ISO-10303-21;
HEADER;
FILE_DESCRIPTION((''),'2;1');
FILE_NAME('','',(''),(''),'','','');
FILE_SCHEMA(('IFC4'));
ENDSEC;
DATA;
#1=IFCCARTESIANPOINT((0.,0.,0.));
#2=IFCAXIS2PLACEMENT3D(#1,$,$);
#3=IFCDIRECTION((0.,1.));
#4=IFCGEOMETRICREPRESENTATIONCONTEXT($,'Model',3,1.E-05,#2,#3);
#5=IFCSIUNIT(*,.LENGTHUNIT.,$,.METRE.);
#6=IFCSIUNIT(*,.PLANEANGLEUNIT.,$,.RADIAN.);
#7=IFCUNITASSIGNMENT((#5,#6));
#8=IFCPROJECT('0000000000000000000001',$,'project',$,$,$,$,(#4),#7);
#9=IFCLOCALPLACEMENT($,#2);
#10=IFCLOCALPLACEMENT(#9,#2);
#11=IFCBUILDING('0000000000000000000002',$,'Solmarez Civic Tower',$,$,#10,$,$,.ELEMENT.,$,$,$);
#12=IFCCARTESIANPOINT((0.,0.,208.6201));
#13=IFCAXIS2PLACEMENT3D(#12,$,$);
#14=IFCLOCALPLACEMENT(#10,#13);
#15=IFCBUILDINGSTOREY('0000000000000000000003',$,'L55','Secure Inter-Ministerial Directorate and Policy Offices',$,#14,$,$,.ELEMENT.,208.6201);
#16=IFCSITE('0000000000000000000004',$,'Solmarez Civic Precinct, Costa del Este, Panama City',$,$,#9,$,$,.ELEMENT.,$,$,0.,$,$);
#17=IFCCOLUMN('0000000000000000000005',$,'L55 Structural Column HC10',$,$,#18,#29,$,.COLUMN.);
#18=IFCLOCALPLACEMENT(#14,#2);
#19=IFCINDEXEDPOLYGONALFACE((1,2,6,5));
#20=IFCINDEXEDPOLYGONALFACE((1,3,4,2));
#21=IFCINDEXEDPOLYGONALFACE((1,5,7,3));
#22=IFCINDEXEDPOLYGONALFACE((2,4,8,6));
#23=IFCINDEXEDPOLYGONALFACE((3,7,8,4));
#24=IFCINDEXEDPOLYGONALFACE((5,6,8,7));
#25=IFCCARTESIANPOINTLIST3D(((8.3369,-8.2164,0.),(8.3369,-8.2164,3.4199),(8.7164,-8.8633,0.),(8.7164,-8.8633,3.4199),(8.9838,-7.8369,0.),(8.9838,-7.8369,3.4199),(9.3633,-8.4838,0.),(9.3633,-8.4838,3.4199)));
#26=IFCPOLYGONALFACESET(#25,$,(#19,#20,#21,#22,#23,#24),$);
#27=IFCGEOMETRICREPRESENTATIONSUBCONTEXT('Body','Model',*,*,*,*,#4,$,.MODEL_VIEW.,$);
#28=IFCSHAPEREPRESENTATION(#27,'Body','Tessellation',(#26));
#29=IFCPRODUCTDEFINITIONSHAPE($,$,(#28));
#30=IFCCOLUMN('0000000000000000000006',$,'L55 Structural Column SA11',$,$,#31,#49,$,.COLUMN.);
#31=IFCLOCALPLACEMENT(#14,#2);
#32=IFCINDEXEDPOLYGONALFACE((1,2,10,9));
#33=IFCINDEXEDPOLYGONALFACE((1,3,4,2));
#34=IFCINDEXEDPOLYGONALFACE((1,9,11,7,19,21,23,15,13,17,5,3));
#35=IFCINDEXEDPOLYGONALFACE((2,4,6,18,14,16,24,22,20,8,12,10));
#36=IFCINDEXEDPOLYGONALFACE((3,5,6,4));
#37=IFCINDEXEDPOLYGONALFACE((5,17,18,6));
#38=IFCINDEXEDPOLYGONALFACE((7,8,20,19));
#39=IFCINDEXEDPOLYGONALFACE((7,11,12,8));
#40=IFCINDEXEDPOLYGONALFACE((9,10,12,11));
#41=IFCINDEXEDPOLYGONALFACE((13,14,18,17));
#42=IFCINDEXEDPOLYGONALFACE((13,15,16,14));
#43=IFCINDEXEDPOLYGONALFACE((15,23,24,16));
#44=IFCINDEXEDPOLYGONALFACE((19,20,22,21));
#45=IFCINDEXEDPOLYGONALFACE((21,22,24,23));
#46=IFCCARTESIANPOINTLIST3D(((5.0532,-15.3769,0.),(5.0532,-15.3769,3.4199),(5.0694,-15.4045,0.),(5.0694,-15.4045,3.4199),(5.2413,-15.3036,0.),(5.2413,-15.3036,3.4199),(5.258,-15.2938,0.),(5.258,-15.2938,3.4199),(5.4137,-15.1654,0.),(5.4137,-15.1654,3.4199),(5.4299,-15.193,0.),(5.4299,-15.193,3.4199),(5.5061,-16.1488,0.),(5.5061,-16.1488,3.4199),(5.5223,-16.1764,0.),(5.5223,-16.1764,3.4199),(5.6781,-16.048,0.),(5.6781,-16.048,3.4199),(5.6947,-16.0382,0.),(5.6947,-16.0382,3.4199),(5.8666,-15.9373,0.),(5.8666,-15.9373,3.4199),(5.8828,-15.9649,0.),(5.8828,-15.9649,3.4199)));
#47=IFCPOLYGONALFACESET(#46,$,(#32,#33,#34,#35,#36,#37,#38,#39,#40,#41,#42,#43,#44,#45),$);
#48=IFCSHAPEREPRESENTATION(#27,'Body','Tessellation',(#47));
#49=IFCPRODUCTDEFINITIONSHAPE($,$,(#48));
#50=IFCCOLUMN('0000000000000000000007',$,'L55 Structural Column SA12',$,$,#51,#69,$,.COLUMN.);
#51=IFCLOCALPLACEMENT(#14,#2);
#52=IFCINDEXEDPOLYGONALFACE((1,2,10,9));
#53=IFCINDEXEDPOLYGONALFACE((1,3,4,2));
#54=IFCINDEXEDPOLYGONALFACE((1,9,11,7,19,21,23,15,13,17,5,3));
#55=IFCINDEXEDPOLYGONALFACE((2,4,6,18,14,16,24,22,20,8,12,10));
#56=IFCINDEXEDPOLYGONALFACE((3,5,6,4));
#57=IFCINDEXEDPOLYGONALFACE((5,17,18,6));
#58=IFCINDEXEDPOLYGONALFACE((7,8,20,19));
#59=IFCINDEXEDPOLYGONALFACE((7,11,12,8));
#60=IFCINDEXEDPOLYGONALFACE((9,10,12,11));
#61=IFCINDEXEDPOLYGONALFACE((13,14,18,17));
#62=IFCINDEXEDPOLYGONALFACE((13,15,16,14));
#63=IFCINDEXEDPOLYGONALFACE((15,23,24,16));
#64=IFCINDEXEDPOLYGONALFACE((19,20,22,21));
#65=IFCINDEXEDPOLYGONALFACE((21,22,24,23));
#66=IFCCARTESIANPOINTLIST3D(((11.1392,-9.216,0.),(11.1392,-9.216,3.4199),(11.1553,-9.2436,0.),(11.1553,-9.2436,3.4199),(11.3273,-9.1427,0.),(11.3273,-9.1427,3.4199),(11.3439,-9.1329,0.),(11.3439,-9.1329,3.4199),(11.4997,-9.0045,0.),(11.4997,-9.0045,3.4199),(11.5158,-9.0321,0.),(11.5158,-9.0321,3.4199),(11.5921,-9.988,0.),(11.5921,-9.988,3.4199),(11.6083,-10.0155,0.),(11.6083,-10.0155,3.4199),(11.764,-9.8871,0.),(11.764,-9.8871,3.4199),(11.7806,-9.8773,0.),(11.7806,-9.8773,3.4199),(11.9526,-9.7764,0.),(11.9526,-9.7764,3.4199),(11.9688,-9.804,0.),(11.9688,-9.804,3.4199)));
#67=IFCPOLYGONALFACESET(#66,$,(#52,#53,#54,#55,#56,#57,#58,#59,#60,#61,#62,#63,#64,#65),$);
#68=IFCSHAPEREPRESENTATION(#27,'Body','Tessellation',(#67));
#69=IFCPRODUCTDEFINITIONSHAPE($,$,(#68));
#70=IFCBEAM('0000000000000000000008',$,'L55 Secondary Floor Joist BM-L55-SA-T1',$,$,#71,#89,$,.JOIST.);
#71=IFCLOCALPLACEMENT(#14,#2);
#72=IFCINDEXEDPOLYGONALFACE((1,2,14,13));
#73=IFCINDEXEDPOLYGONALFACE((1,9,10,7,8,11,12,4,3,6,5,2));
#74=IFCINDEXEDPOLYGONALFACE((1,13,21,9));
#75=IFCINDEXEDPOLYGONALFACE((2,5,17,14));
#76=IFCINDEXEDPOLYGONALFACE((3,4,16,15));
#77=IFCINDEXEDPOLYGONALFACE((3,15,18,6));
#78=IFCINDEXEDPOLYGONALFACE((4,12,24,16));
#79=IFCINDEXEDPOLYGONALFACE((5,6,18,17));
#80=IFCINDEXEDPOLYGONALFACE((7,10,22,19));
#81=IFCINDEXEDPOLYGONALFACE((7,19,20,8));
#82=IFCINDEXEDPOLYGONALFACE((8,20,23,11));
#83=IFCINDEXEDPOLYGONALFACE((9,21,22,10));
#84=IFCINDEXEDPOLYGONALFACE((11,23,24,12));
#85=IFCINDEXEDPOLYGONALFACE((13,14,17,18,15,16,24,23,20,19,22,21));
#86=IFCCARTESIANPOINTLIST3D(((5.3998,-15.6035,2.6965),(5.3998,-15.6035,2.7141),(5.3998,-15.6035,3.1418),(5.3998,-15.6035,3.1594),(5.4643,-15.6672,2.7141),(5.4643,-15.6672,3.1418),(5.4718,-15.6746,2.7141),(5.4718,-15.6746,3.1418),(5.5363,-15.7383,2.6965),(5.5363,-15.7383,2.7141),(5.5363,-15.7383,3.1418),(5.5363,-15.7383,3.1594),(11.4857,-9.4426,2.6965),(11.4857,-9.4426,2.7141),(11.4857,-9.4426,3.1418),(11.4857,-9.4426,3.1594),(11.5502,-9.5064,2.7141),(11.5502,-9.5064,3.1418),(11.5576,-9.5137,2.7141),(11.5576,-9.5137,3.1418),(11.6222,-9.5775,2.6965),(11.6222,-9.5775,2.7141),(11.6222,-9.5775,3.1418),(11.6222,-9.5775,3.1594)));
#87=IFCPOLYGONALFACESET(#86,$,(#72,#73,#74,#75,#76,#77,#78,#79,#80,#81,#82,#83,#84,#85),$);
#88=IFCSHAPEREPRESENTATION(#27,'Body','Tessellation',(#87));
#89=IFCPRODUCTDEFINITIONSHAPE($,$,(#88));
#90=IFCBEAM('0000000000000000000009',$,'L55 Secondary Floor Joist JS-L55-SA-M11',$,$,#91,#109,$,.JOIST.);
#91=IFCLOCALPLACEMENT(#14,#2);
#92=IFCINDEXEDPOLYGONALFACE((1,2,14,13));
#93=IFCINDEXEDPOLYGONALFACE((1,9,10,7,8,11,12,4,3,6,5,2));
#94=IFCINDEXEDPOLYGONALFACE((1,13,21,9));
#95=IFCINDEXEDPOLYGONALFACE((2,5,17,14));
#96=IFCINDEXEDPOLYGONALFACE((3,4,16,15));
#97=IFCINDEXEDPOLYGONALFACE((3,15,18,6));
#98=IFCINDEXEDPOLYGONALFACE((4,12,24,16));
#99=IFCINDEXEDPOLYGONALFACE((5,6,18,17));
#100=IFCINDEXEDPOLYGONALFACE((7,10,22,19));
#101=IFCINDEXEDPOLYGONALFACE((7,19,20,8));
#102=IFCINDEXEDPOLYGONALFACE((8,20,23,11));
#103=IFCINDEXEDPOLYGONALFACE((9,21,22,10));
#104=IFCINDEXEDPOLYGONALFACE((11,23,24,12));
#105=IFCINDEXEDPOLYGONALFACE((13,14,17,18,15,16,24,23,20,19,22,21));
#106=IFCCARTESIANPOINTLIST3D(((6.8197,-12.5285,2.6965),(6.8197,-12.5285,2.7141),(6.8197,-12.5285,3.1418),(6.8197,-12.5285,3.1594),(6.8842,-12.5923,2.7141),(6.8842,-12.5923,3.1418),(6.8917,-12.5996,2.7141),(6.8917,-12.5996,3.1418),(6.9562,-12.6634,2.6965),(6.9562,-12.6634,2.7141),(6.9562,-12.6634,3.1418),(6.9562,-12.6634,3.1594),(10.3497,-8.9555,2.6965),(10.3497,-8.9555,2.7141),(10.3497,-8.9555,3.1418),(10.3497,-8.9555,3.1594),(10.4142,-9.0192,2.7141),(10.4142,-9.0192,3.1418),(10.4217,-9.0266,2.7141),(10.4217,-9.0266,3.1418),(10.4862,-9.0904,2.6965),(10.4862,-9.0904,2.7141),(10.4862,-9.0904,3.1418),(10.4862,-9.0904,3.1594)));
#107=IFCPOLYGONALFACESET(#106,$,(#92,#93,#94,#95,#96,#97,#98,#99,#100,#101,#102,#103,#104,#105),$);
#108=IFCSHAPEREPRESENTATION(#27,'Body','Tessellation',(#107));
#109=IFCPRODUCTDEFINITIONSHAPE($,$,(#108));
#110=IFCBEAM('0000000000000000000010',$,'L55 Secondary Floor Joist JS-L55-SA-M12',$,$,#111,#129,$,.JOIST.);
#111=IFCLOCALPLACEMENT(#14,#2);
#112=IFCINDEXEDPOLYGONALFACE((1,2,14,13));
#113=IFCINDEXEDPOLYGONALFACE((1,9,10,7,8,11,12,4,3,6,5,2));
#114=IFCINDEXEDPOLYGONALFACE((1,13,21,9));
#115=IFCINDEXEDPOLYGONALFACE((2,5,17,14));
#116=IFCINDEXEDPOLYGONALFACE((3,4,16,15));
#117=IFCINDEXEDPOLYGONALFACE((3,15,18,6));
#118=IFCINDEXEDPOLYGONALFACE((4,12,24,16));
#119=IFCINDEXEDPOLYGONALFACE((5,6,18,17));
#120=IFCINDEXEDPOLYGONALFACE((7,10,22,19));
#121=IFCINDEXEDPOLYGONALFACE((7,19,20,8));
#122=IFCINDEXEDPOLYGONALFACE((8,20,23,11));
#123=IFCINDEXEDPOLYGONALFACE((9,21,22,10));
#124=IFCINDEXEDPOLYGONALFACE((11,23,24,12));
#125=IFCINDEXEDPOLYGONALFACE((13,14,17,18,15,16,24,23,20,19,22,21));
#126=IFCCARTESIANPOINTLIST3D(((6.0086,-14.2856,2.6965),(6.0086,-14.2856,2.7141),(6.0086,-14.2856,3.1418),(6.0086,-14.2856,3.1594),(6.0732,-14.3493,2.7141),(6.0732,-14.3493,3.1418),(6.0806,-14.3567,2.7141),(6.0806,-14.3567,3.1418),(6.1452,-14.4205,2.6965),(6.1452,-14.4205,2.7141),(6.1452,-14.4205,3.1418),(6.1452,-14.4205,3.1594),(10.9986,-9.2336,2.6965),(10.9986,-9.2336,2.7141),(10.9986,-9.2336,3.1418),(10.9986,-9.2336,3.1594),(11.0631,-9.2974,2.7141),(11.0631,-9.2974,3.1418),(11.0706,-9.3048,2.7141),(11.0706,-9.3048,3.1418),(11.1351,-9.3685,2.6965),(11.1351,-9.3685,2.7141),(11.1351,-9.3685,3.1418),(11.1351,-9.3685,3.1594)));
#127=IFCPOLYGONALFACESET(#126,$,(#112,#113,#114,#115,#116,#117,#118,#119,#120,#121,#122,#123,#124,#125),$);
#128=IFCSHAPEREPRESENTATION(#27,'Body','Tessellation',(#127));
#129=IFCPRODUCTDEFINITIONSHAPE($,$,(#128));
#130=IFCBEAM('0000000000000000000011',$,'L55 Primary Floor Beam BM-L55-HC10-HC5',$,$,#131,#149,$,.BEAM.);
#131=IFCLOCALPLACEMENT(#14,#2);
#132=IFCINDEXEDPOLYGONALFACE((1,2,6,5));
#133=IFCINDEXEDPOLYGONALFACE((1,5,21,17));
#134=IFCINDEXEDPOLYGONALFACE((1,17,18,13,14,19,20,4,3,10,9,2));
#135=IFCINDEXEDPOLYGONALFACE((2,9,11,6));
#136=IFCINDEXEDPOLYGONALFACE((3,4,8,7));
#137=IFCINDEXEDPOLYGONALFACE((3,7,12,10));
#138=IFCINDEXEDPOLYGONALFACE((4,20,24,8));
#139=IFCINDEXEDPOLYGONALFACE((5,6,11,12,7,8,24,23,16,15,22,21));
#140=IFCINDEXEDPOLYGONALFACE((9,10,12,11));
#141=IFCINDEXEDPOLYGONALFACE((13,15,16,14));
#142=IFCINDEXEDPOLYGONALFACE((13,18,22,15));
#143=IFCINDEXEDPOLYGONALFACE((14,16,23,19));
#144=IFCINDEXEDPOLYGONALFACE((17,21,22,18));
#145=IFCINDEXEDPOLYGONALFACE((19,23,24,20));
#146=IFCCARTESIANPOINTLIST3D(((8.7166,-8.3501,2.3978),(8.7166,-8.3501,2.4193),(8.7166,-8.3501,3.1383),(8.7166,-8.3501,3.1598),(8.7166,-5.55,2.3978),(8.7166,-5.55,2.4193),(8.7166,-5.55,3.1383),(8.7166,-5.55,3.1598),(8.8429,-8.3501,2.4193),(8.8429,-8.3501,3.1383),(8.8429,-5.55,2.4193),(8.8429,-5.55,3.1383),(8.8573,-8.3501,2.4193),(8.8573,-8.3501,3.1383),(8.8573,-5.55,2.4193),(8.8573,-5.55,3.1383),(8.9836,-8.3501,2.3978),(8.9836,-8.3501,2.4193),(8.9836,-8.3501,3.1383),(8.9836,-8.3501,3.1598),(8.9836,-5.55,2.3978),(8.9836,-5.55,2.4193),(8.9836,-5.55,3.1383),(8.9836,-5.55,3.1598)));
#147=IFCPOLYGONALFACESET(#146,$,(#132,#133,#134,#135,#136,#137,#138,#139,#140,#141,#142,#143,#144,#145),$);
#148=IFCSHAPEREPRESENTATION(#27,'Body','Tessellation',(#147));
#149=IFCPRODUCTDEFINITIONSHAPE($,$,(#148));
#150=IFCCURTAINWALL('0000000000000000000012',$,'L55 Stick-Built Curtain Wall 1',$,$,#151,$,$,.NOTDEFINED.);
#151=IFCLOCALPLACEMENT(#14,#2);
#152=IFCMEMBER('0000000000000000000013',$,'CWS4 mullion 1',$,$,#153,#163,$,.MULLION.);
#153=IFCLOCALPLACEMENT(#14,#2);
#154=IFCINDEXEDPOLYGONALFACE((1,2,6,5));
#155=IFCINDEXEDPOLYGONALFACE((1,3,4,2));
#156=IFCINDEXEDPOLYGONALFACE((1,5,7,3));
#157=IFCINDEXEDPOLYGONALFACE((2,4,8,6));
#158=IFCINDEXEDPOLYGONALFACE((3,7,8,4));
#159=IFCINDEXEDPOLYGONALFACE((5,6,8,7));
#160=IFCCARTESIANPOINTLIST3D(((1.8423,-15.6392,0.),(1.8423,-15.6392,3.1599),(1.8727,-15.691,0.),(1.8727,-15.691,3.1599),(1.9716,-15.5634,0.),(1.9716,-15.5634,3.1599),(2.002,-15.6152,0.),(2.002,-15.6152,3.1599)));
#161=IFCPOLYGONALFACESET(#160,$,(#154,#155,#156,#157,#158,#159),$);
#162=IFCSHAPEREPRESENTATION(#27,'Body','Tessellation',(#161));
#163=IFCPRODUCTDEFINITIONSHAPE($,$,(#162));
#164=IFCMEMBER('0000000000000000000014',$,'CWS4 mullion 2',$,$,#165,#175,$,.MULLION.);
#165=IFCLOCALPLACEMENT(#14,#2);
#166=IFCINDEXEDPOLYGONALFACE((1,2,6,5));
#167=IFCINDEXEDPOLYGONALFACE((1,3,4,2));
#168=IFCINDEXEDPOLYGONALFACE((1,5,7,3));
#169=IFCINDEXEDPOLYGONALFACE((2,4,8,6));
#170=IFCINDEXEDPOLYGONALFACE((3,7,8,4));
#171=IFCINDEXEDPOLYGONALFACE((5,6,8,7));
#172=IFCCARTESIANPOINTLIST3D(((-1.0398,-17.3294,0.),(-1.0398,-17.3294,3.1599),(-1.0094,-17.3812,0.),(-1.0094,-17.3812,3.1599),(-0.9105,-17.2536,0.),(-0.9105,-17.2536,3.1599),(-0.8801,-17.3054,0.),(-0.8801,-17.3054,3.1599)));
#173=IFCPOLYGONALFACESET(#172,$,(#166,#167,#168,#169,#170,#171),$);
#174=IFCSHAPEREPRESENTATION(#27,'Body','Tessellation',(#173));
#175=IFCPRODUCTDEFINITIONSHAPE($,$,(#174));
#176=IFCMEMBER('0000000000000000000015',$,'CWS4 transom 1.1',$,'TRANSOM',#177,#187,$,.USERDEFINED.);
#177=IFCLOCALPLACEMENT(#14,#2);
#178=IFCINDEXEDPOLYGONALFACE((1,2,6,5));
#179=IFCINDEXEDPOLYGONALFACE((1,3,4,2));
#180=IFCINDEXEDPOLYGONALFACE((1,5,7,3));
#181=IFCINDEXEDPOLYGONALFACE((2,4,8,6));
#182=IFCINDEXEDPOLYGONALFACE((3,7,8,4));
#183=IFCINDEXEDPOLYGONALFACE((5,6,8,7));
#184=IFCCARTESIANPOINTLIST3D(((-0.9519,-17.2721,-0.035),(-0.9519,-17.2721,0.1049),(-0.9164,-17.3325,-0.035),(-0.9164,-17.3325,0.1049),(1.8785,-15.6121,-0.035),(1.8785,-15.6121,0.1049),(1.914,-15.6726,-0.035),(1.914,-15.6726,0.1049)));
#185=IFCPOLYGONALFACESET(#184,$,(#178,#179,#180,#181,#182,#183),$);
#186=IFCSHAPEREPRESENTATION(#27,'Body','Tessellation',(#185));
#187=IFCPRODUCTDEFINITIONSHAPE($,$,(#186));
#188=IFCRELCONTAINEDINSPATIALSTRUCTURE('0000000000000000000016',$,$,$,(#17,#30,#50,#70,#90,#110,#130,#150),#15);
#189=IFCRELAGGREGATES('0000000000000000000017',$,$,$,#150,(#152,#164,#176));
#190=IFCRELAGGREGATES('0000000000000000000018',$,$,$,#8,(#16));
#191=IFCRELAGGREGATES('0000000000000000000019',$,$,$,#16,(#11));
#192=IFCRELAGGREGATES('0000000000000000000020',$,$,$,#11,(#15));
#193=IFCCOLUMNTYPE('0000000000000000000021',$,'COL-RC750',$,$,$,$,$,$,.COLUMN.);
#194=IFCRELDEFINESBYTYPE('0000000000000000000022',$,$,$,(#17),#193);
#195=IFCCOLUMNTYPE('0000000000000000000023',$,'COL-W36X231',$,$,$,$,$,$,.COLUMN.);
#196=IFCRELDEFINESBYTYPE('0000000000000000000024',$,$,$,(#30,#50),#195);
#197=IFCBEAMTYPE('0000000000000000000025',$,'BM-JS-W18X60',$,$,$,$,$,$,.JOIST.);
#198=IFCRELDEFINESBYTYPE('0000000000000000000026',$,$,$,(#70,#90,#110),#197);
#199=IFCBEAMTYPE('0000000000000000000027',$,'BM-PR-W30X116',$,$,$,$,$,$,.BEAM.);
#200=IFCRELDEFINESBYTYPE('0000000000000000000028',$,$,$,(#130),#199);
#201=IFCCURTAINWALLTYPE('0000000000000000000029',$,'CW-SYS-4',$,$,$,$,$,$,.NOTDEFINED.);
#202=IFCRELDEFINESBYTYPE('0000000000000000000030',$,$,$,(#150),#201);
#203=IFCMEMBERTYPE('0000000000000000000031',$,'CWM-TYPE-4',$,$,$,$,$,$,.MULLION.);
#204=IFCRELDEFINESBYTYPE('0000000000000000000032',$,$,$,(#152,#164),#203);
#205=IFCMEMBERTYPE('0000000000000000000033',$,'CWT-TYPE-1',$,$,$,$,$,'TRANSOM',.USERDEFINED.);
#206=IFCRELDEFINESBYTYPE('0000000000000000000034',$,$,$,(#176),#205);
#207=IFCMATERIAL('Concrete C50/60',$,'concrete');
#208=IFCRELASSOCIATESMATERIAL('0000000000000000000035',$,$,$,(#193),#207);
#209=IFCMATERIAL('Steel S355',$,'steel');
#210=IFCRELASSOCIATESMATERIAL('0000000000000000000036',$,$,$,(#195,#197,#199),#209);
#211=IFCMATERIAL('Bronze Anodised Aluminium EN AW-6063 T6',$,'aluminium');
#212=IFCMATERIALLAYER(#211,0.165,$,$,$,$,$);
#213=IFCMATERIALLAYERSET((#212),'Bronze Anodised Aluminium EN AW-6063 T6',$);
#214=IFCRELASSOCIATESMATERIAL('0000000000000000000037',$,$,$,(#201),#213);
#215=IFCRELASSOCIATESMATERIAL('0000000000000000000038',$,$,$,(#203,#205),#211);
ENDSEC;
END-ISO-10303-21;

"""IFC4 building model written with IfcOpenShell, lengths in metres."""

from ifc_helpers import new_model, si_unit, direction, frame, origin, origin_2d, place, context, subcontext, project, spatial, rectangle, i_section, extrude, material, layer, layer_set, material_profile, profile_set, type_object, element, aggregate, save


model = new_model("IFC4")

# Units and contexts
model_context = context("Model", 3, precision=1e-05, world=origin(), true_north=direction((0.0, 1.0)))
body_context = subcontext(model_context, "Body", "Model", "MODEL_VIEW")
ifc_project = project(units=[si_unit("LENGTHUNIT", "METRE"), si_unit("PLANEANGLEUNIT", "RADIAN")], contexts=[model_context])

# Site, building, storey
site_placement = place(None, origin())
site = spatial("IfcSite", under=ifc_project, at=site_placement, Name="Solmarez Civic Precinct, Costa del Este, Panama City", CompositionType="ELEMENT", RefElevation=0.0)
building_placement = place(site_placement, origin())
building = spatial("IfcBuilding", under=site, at=building_placement, Name="Solmarez Civic Tower", CompositionType="ELEMENT")
storey_placement = place(building_placement, frame((0.0, 0.0, 208.6201)))
storey = spatial("IfcBuildingStorey", under=building, at=storey_placement, Name="L55", Description="Secure Inter-Ministerial Directorate and Policy Offices", CompositionType="ELEMENT", Elevation=208.6201)

# Columns
ifc_material_1 = material(Name="Concrete C50/60", Category="concrete")
ifc_material_profile_1 = material_profile(ifc_material_1, rectangle(XDim=0.75, YDim=0.75, at=origin_2d()), Name="RC750X750")
ifc_profile_set_1 = profile_set([ifc_material_profile_1], Name="Concrete C50/60")
column_type_1 = type_object("IfcColumnType", Name="COL-RC750", PredefinedType="COLUMN", material=ifc_profile_set_1)
column_placement = place(storey_placement, frame((8.8501, -8.3501, 0.0), z_axis=(0.0, 0.0, 1.0), x_axis=(0.862514, 0.506034, 0.0)))
element("IfcColumn", 1, at=column_placement, inside=storey, type_object=column_type_1, Name="L55 Structural Column HC10", PredefinedType="COLUMN", context=body_context, shape_type="SweptSolid", body=[
    extrude(rectangle(XDim=0.75, YDim=0.75, at=origin_2d()), origin(), (0.0, 0.0, 1.0), 3.4199),
])
ifc_material_2 = material(Name="Steel S355", Category="steel")
ifc_material_profile_2 = material_profile(ifc_material_2, i_section(OverallWidth=0.418, OverallDepth=0.927, WebThickness=0.0193, FlangeThickness=0.032, at=origin_2d()), Name="W36X231")
ifc_profile_set_2 = profile_set([ifc_material_profile_2], Name="Steel S355")
column_type_2 = type_object("IfcColumnType", Name="COL-W36X231", PredefinedType="COLUMN", material=ifc_profile_set_2)
for number, where, z_axis, x_axis, name in (
    (2, (5.468, -15.6709, 0.0), (0.0, 0.0, 1.0), (0.862514, 0.506034, 0.0), "L55 Structural Column SA11"),
    (3, (11.554, -9.51, 0.0), (0.0, 0.0, 1.0), (0.862514, 0.506034, 0.0), "L55 Structural Column SA12"),
):
    element("IfcColumn", number, at=place(storey_placement, frame(where, z_axis=z_axis, x_axis=x_axis)), inside=storey, type_object=column_type_2, Name=name, PredefinedType="COLUMN", context=body_context, shape_type="SweptSolid", body=[
        extrude(i_section(OverallWidth=0.418, OverallDepth=0.927, WebThickness=0.0193, FlangeThickness=0.032, at=origin_2d()), origin(), (0.0, 0.0, 1.0), 3.4199),
    ])

# Beams
ifc_material_profile_3 = material_profile(ifc_material_2, i_section(OverallWidth=0.1919, OverallDepth=0.4629, WebThickness=0.0105, FlangeThickness=0.0176, at=origin_2d()), Name="W18X60")
ifc_profile_set_3 = profile_set([ifc_material_profile_3], Name="Steel S355")
beam_type_1 = type_object("IfcBeamType", Name="BM-JS-W18X60", PredefinedType="JOIST", material=ifc_profile_set_3)
beam_1_placement = place(storey_placement, frame((5.468, -15.6709, 2.928), z_axis=(0.702766, 0.711421, 0.0), x_axis=(-0.711421, 0.702766, 0.0)))
element("IfcBeam", 4, at=beam_1_placement, inside=storey, type_object=beam_type_1, Name="L55 Secondary Floor Joist BM-L55-SA-T1", PredefinedType="JOIST", context=body_context, shape_type="SweptSolid", body=[
    extrude(i_section(OverallWidth=0.1919, OverallDepth=0.4629, WebThickness=0.0105, FlangeThickness=0.0176, at=origin_2d()), origin(), (0.0, 0.0, 1.0), 8.6599),
])
beam_2_placement = place(storey_placement, frame((6.8879, -12.5959, 2.928), z_axis=(0.702816, 0.711371, 0.0), x_axis=(-0.711371, 0.702816, 0.0)))
element("IfcBeam", 5, at=beam_2_placement, inside=storey, type_object=beam_type_1, Name="L55 Secondary Floor Joist JS-L55-SA-M11", PredefinedType="JOIST", context=body_context, shape_type="SweptSolid", body=[
    extrude(i_section(OverallWidth=0.1919, OverallDepth=0.4629, WebThickness=0.0105, FlangeThickness=0.0176, at=origin_2d()), origin(), (0.0, 0.0, 1.0), 5.0227),
])
beam_3_placement = place(storey_placement, frame((6.0769, -14.353, 2.928), z_axis=(0.702727, 0.71146, 0.0), x_axis=(-0.71146, 0.702727, 0.0)))
element("IfcBeam", 6, at=beam_3_placement, inside=storey, type_object=beam_type_1, Name="L55 Secondary Floor Joist JS-L55-SA-M12", PredefinedType="JOIST", context=body_context, shape_type="SweptSolid", body=[
    extrude(i_section(OverallWidth=0.1919, OverallDepth=0.4629, WebThickness=0.0105, FlangeThickness=0.0176, at=origin_2d()), origin(), (0.0, 0.0, 1.0), 7.1008),
])
ifc_material_profile_4 = material_profile(ifc_material_2, i_section(OverallWidth=0.2671, OverallDepth=0.762, WebThickness=0.0144, FlangeThickness=0.0215, at=origin_2d()), Name="W30X116")
ifc_profile_set_4 = profile_set([ifc_material_profile_4], Name="Steel S355")
beam_type_2 = type_object("IfcBeamType", Name="BM-PR-W30X116", PredefinedType="BEAM", material=ifc_profile_set_4)
beam_4_placement = place(storey_placement, frame((8.8501, -8.3501, 2.7788), z_axis=(0.0, 1.0, 0.0), x_axis=(-1.0, 0.0, 0.0)))
element("IfcBeam", 7, at=beam_4_placement, inside=storey, type_object=beam_type_2, Name="L55 Primary Floor Beam BM-L55-HC10-HC5", PredefinedType="BEAM", context=body_context, shape_type="SweptSolid", body=[
    extrude(i_section(OverallWidth=0.2671, OverallDepth=0.762, WebThickness=0.0144, FlangeThickness=0.0215, at=origin_2d()), origin(), (0.0, 0.0, 1.0), 2.8),
])

# Curtain wall, members
ifc_material_3 = material(Name="Bronze Anodised Aluminium EN AW-6063 T6", Category="aluminium")
ifc_layer_1 = layer(ifc_material_3, 0.165)
ifc_layer_set_1 = layer_set([ifc_layer_1], Name="Bronze Anodised Aluminium EN AW-6063 T6")
curtain_wall_type = type_object("IfcCurtainWallType", Name="CW-SYS-4", PredefinedType="NOTDEFINED", material=ifc_layer_set_1)
curtain_wall_placement = place(storey_placement, origin())
curtain_wall = element("IfcCurtainWall", 8, at=curtain_wall_placement, inside=storey, type_object=curtain_wall_type, Name="L55 Stick-Built Curtain Wall 1", PredefinedType="NOTDEFINED")
ifc_material_profile_5 = material_profile(ifc_material_3, rectangle(XDim=0.0601, YDim=0.1499, at=origin_2d()), Name="CWM-60X150")
ifc_profile_set_5 = profile_set([ifc_material_profile_5], Name="Bronze Anodised Aluminium EN AW-6063 T6")
member_type_1 = type_object("IfcMemberType", Name="CWM-TYPE-4", PredefinedType="MULLION", material=ifc_profile_set_5)
member_1_placement = place(storey_placement, frame((1.9221, -15.6272, 0.0), z_axis=(0.0, 0.0, 1.0), x_axis=(0.505898, -0.862593, 0.0)))
member_1 = element("IfcMember", 9, at=member_1_placement, type_object=member_type_1, Name="CWS4 mullion 1", PredefinedType="MULLION", context=body_context, shape_type="SweptSolid", body=[
    extrude(rectangle(XDim=0.0601, YDim=0.1499, at=origin_2d()), origin(), (0.0, 0.0, 1.0), 3.1599),
])
member_2_placement = place(storey_placement, frame((-0.96, -17.3174, 0.0), z_axis=(0.0, 0.0, 1.0), x_axis=(0.505898, -0.862593, 0.0)))
member_2 = element("IfcMember", 10, at=member_2_placement, type_object=member_type_1, Name="CWS4 mullion 2", PredefinedType="MULLION", context=body_context, shape_type="SweptSolid", body=[
    extrude(rectangle(XDim=0.0601, YDim=0.1499, at=origin_2d()), origin(), (0.0, 0.0, 1.0), 3.1599),
])
ifc_material_profile_6 = material_profile(ifc_material_3, rectangle(XDim=0.0701, YDim=0.1399, at=origin_2d()), Name="CWT-70X140")
ifc_profile_set_6 = profile_set([ifc_material_profile_6], Name="Bronze Anodised Aluminium EN AW-6063 T6")
member_type_2 = type_object("IfcMemberType", Name="CWT-TYPE-1", ElementType="TRANSOM", PredefinedType="USERDEFINED", material=ifc_profile_set_6)
member_3_placement = place(storey_placement, frame((1.8962, -15.6423, 0.0349), z_axis=(-0.862597, -0.505891, 0.0), x_axis=(0.505891, -0.862597, 0.0)))
member_3 = element("IfcMember", 11, at=member_3_placement, type_object=member_type_2, Name="CWS4 transom 1.1", ObjectType="TRANSOM", PredefinedType="USERDEFINED", context=body_context, shape_type="SweptSolid", body=[
    extrude(rectangle(XDim=0.0701, YDim=0.1399, at=origin_2d()), origin(), (0.0, 0.0, 1.0), 3.2812),
])
aggregate(curtain_wall, [member_1, member_2, member_3])

save(model, "model.ifc")
